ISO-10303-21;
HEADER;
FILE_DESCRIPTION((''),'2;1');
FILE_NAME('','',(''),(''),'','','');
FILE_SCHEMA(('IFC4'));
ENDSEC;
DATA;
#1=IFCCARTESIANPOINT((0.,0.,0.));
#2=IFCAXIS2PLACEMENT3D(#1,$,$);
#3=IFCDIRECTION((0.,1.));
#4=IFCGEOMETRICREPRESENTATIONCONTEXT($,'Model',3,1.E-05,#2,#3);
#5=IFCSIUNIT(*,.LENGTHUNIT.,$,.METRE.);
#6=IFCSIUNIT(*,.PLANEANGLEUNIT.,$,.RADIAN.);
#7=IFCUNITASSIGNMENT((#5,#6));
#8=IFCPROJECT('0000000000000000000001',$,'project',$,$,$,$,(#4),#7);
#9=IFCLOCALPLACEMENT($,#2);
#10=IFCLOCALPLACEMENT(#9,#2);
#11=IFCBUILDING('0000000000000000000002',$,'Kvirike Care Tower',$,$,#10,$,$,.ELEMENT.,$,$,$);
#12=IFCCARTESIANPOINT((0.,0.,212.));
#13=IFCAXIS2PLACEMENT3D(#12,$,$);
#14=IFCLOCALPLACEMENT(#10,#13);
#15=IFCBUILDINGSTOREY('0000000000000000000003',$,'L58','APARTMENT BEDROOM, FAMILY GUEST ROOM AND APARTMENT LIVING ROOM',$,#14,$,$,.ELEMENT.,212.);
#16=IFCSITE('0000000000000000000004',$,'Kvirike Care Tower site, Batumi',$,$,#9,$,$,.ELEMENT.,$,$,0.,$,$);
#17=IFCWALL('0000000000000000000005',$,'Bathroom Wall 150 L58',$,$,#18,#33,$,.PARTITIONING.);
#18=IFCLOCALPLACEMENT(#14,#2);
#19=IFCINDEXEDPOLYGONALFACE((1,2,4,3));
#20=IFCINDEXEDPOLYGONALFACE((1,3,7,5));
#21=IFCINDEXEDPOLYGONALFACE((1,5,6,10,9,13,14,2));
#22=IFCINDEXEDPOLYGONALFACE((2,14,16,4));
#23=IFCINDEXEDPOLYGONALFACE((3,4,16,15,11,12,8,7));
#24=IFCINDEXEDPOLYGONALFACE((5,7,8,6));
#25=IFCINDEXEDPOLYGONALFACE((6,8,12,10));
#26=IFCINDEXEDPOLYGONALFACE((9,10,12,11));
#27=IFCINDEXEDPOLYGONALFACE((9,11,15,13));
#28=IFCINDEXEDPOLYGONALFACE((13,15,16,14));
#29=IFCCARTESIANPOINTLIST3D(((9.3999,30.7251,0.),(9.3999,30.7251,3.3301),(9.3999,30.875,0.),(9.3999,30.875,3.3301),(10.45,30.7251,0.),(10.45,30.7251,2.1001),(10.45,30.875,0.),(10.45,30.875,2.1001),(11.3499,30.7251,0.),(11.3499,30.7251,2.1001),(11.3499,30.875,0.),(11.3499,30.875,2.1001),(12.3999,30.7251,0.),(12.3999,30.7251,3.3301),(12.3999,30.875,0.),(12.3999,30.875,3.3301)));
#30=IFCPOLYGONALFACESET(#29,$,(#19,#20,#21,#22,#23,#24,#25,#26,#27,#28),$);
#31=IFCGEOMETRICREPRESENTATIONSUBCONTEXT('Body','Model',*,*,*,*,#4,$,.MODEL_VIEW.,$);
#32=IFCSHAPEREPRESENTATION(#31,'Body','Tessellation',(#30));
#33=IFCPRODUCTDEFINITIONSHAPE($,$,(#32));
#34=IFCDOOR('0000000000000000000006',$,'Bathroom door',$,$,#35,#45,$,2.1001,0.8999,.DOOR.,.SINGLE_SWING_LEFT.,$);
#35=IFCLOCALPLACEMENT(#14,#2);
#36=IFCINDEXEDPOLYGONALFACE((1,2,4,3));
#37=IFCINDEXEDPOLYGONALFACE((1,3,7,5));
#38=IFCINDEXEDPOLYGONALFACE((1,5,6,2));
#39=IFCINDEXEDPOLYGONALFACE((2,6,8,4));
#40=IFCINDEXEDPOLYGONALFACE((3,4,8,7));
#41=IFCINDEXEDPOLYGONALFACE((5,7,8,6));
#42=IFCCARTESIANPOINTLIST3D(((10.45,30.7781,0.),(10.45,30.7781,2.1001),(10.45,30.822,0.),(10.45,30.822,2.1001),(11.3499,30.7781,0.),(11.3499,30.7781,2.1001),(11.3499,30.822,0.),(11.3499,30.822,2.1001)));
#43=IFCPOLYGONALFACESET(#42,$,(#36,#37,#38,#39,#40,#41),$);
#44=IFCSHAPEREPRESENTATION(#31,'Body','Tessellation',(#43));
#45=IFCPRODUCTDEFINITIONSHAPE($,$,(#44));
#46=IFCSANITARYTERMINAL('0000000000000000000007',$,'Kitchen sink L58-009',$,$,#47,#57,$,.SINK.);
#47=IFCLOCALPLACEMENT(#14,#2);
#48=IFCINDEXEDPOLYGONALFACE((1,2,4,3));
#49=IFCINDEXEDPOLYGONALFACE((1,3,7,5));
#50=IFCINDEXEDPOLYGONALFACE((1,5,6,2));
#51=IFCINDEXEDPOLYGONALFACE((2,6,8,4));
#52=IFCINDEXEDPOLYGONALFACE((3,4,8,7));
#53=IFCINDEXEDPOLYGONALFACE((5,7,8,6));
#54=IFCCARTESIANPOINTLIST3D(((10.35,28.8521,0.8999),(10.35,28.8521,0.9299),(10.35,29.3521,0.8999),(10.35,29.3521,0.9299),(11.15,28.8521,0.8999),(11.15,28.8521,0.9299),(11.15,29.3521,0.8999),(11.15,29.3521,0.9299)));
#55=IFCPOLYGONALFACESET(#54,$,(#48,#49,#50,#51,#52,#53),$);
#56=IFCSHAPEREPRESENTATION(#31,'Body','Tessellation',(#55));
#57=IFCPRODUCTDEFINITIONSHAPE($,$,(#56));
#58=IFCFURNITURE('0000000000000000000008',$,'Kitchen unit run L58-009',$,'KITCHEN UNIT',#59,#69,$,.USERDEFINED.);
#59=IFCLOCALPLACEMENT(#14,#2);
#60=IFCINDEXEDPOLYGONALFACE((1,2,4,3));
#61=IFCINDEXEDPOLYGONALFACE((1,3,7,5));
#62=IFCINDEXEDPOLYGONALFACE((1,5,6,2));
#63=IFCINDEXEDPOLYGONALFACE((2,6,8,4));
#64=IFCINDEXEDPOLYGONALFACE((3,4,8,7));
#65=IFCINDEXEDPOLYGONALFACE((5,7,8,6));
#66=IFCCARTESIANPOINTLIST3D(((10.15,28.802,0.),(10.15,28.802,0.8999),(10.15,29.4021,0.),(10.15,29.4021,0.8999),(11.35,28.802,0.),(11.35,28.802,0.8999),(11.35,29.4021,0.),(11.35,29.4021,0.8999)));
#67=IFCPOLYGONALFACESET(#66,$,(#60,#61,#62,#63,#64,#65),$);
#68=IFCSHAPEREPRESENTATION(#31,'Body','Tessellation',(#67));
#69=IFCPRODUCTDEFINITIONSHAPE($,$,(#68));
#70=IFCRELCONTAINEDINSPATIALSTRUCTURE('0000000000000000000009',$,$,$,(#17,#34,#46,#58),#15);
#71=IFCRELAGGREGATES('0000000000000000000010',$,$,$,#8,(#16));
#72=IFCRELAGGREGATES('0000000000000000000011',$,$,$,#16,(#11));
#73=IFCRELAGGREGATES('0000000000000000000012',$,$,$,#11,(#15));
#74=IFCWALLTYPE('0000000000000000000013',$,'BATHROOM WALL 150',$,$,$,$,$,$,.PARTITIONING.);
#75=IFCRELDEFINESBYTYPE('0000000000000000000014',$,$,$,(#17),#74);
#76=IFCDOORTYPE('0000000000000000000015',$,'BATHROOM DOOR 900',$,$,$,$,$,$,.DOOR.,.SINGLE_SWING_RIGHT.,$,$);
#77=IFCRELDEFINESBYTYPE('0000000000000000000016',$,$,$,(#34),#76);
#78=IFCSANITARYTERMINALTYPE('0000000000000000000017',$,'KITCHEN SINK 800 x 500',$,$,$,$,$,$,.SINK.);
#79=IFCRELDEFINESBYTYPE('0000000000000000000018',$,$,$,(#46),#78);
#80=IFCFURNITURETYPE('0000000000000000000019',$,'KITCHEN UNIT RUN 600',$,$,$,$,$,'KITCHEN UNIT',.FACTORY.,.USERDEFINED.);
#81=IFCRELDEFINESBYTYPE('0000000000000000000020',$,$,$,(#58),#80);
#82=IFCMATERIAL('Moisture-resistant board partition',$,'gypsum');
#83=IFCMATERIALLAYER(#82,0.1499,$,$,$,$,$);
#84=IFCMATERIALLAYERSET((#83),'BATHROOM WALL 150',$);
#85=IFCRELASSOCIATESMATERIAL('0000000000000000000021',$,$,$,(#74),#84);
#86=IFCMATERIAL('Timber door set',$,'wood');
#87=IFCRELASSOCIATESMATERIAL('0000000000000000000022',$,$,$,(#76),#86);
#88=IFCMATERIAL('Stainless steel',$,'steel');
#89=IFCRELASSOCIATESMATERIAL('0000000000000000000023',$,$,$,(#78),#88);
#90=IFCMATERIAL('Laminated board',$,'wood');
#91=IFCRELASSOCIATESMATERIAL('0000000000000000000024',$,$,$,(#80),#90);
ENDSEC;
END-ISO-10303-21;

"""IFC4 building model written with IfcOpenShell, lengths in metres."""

from ifc_helpers import new_model, si_unit, direction, frame, frame_2d, origin, origin_2d, place, context, subcontext, project, spatial, rectangle, extrude, material, layer, layer_set, type_object, element, fill, save


model = new_model("IFC4")

# Units and contexts
model_context = context("Model", 3, precision=1e-05, world=origin(), true_north=direction((0.0, 1.0)))
body_context = subcontext(model_context, "Body", "Model", "MODEL_VIEW")
ifc_project = project(units=[si_unit("LENGTHUNIT", "METRE"), si_unit("PLANEANGLEUNIT", "RADIAN")], contexts=[model_context])

# Site, building, storey
site_placement = place(None, origin())
site = spatial("IfcSite", under=ifc_project, at=site_placement, Name="Kvirike Care Tower site, Batumi", CompositionType="ELEMENT", RefElevation=0.0)
building_placement = place(site_placement, origin())
building = spatial("IfcBuilding", under=site, at=building_placement, Name="Kvirike Care Tower", CompositionType="ELEMENT")
storey_placement = place(building_placement, frame((0.0, 0.0, 212.0)))
storey = spatial("IfcBuildingStorey", under=building, at=storey_placement, Name="L58", Description="APARTMENT BEDROOM, FAMILY GUEST ROOM AND APARTMENT LIVING ROOM", CompositionType="ELEMENT", Elevation=212.0)

# Wall, opening, door
ifc_material_1 = material(Name="Moisture-resistant board partition", Category="gypsum")
ifc_layer_1 = layer(ifc_material_1, 0.1499)
ifc_layer_set_1 = layer_set([ifc_layer_1], Name="BATHROOM WALL 150")
wall_type = type_object("IfcWallType", Name="BATHROOM WALL 150", PredefinedType="PARTITIONING", material=ifc_layer_set_1)
wall_placement = place(storey_placement, frame((9.3999, 30.8, 0.0), z_axis=(0.0, 0.0, 1.0), x_axis=(1.0, 0.0, 0.0)))
wall = element("IfcWall", 1, at=wall_placement, inside=storey, type_object=wall_type, Name="Bathroom Wall 150 L58", PredefinedType="PARTITIONING", context=body_context, shape_type="SweptSolid", body=[
    extrude(rectangle(XDim=3.0, YDim=0.1499, at=frame_2d((1.5, 0.0))), origin(), (0.0, 0.0, 1.0), 3.3301),
])
opening_placement = place(wall_placement, frame((1.05, 0.0, 0.0)))
opening = element("IfcOpeningElement", 2, at=opening_placement, cuts=wall, PredefinedType="OPENING", context=body_context, shape_type="SweptSolid", body=[
    extrude(rectangle(XDim=0.8999, YDim=2.1001, at=frame_2d((0.45, 1.05))), frame((0.0, 0.0854, 0.0), z_axis=(0.0, -1.0, 0.0), x_axis=(1.0, 0.0, 0.0)), (0.0, 0.0, 1.0), 0.1709),
])
ifc_material_2 = material(Name="Timber door set", Category="wood")
door_type = type_object("IfcDoorType", Name="BATHROOM DOOR 900", OperationType="SINGLE_SWING_RIGHT", PredefinedType="DOOR", material=ifc_material_2)
door_placement = place(opening_placement, frame((0.8999, 0.0, 0.0), z_axis=(0.0, 0.0, 1.0), x_axis=(-1.0, 0.0, 0.0)))
door = element("IfcDoor", 3, at=door_placement, inside=storey, type_object=door_type, Name="Bathroom door", OperationType="SINGLE_SWING_LEFT", OverallHeight=2.1001, OverallWidth=0.8999, PredefinedType="DOOR", context=body_context, shape_type="SweptSolid", body=[
    extrude(rectangle(XDim=0.8999, YDim=2.1001, at=frame_2d((0.45, 1.05))), frame((0.0, 0.022, 0.0), z_axis=(0.0, -1.0, 0.0), x_axis=(1.0, 0.0, 0.0)), (0.0, 0.0, 1.0), 0.0439),
])
fill(opening, door)

# Sanitary terminal
ifc_material_3 = material(Name="Stainless steel", Category="steel")
sanitary_terminal_type = type_object("IfcSanitaryTerminalType", Name="KITCHEN SINK 800 x 500", PredefinedType="SINK", material=ifc_material_3)
sanitary_terminal_placement = place(storey_placement, frame((10.75, 29.1021, 0.8999), z_axis=(0.0, 0.0, 1.0), x_axis=(-1.0, 0.0, 0.0)))
element("IfcSanitaryTerminal", 4, at=sanitary_terminal_placement, inside=storey, type_object=sanitary_terminal_type, Name="Kitchen sink L58-009", PredefinedType="SINK", context=body_context, shape_type="SweptSolid", body=[
    extrude(rectangle(XDim=0.8, YDim=0.5, at=origin_2d()), origin(), (0.0, 0.0, 1.0), 0.03),
])

# Furniture
ifc_material_4 = material(Name="Laminated board", Category="wood")
furniture_type = type_object("IfcFurnitureType", Name="KITCHEN UNIT RUN 600", ElementType="KITCHEN UNIT", AssemblyPlace="FACTORY", PredefinedType="USERDEFINED", material=ifc_material_4)
furniture_placement = place(storey_placement, frame((10.75, 29.1021, 0.0), z_axis=(0.0, 0.0, 1.0), x_axis=(-1.0, 0.0, 0.0)))
element("IfcFurniture", 5, at=furniture_placement, inside=storey, type_object=furniture_type, Name="Kitchen unit run L58-009", ObjectType="KITCHEN UNIT", PredefinedType="USERDEFINED", context=body_context, shape_type="SweptSolid", body=[
    extrude(rectangle(XDim=1.2, YDim=0.6001, at=origin_2d()), origin(), (0.0, 0.0, 1.0), 0.8999),
])

save(model, "model.ifc")
